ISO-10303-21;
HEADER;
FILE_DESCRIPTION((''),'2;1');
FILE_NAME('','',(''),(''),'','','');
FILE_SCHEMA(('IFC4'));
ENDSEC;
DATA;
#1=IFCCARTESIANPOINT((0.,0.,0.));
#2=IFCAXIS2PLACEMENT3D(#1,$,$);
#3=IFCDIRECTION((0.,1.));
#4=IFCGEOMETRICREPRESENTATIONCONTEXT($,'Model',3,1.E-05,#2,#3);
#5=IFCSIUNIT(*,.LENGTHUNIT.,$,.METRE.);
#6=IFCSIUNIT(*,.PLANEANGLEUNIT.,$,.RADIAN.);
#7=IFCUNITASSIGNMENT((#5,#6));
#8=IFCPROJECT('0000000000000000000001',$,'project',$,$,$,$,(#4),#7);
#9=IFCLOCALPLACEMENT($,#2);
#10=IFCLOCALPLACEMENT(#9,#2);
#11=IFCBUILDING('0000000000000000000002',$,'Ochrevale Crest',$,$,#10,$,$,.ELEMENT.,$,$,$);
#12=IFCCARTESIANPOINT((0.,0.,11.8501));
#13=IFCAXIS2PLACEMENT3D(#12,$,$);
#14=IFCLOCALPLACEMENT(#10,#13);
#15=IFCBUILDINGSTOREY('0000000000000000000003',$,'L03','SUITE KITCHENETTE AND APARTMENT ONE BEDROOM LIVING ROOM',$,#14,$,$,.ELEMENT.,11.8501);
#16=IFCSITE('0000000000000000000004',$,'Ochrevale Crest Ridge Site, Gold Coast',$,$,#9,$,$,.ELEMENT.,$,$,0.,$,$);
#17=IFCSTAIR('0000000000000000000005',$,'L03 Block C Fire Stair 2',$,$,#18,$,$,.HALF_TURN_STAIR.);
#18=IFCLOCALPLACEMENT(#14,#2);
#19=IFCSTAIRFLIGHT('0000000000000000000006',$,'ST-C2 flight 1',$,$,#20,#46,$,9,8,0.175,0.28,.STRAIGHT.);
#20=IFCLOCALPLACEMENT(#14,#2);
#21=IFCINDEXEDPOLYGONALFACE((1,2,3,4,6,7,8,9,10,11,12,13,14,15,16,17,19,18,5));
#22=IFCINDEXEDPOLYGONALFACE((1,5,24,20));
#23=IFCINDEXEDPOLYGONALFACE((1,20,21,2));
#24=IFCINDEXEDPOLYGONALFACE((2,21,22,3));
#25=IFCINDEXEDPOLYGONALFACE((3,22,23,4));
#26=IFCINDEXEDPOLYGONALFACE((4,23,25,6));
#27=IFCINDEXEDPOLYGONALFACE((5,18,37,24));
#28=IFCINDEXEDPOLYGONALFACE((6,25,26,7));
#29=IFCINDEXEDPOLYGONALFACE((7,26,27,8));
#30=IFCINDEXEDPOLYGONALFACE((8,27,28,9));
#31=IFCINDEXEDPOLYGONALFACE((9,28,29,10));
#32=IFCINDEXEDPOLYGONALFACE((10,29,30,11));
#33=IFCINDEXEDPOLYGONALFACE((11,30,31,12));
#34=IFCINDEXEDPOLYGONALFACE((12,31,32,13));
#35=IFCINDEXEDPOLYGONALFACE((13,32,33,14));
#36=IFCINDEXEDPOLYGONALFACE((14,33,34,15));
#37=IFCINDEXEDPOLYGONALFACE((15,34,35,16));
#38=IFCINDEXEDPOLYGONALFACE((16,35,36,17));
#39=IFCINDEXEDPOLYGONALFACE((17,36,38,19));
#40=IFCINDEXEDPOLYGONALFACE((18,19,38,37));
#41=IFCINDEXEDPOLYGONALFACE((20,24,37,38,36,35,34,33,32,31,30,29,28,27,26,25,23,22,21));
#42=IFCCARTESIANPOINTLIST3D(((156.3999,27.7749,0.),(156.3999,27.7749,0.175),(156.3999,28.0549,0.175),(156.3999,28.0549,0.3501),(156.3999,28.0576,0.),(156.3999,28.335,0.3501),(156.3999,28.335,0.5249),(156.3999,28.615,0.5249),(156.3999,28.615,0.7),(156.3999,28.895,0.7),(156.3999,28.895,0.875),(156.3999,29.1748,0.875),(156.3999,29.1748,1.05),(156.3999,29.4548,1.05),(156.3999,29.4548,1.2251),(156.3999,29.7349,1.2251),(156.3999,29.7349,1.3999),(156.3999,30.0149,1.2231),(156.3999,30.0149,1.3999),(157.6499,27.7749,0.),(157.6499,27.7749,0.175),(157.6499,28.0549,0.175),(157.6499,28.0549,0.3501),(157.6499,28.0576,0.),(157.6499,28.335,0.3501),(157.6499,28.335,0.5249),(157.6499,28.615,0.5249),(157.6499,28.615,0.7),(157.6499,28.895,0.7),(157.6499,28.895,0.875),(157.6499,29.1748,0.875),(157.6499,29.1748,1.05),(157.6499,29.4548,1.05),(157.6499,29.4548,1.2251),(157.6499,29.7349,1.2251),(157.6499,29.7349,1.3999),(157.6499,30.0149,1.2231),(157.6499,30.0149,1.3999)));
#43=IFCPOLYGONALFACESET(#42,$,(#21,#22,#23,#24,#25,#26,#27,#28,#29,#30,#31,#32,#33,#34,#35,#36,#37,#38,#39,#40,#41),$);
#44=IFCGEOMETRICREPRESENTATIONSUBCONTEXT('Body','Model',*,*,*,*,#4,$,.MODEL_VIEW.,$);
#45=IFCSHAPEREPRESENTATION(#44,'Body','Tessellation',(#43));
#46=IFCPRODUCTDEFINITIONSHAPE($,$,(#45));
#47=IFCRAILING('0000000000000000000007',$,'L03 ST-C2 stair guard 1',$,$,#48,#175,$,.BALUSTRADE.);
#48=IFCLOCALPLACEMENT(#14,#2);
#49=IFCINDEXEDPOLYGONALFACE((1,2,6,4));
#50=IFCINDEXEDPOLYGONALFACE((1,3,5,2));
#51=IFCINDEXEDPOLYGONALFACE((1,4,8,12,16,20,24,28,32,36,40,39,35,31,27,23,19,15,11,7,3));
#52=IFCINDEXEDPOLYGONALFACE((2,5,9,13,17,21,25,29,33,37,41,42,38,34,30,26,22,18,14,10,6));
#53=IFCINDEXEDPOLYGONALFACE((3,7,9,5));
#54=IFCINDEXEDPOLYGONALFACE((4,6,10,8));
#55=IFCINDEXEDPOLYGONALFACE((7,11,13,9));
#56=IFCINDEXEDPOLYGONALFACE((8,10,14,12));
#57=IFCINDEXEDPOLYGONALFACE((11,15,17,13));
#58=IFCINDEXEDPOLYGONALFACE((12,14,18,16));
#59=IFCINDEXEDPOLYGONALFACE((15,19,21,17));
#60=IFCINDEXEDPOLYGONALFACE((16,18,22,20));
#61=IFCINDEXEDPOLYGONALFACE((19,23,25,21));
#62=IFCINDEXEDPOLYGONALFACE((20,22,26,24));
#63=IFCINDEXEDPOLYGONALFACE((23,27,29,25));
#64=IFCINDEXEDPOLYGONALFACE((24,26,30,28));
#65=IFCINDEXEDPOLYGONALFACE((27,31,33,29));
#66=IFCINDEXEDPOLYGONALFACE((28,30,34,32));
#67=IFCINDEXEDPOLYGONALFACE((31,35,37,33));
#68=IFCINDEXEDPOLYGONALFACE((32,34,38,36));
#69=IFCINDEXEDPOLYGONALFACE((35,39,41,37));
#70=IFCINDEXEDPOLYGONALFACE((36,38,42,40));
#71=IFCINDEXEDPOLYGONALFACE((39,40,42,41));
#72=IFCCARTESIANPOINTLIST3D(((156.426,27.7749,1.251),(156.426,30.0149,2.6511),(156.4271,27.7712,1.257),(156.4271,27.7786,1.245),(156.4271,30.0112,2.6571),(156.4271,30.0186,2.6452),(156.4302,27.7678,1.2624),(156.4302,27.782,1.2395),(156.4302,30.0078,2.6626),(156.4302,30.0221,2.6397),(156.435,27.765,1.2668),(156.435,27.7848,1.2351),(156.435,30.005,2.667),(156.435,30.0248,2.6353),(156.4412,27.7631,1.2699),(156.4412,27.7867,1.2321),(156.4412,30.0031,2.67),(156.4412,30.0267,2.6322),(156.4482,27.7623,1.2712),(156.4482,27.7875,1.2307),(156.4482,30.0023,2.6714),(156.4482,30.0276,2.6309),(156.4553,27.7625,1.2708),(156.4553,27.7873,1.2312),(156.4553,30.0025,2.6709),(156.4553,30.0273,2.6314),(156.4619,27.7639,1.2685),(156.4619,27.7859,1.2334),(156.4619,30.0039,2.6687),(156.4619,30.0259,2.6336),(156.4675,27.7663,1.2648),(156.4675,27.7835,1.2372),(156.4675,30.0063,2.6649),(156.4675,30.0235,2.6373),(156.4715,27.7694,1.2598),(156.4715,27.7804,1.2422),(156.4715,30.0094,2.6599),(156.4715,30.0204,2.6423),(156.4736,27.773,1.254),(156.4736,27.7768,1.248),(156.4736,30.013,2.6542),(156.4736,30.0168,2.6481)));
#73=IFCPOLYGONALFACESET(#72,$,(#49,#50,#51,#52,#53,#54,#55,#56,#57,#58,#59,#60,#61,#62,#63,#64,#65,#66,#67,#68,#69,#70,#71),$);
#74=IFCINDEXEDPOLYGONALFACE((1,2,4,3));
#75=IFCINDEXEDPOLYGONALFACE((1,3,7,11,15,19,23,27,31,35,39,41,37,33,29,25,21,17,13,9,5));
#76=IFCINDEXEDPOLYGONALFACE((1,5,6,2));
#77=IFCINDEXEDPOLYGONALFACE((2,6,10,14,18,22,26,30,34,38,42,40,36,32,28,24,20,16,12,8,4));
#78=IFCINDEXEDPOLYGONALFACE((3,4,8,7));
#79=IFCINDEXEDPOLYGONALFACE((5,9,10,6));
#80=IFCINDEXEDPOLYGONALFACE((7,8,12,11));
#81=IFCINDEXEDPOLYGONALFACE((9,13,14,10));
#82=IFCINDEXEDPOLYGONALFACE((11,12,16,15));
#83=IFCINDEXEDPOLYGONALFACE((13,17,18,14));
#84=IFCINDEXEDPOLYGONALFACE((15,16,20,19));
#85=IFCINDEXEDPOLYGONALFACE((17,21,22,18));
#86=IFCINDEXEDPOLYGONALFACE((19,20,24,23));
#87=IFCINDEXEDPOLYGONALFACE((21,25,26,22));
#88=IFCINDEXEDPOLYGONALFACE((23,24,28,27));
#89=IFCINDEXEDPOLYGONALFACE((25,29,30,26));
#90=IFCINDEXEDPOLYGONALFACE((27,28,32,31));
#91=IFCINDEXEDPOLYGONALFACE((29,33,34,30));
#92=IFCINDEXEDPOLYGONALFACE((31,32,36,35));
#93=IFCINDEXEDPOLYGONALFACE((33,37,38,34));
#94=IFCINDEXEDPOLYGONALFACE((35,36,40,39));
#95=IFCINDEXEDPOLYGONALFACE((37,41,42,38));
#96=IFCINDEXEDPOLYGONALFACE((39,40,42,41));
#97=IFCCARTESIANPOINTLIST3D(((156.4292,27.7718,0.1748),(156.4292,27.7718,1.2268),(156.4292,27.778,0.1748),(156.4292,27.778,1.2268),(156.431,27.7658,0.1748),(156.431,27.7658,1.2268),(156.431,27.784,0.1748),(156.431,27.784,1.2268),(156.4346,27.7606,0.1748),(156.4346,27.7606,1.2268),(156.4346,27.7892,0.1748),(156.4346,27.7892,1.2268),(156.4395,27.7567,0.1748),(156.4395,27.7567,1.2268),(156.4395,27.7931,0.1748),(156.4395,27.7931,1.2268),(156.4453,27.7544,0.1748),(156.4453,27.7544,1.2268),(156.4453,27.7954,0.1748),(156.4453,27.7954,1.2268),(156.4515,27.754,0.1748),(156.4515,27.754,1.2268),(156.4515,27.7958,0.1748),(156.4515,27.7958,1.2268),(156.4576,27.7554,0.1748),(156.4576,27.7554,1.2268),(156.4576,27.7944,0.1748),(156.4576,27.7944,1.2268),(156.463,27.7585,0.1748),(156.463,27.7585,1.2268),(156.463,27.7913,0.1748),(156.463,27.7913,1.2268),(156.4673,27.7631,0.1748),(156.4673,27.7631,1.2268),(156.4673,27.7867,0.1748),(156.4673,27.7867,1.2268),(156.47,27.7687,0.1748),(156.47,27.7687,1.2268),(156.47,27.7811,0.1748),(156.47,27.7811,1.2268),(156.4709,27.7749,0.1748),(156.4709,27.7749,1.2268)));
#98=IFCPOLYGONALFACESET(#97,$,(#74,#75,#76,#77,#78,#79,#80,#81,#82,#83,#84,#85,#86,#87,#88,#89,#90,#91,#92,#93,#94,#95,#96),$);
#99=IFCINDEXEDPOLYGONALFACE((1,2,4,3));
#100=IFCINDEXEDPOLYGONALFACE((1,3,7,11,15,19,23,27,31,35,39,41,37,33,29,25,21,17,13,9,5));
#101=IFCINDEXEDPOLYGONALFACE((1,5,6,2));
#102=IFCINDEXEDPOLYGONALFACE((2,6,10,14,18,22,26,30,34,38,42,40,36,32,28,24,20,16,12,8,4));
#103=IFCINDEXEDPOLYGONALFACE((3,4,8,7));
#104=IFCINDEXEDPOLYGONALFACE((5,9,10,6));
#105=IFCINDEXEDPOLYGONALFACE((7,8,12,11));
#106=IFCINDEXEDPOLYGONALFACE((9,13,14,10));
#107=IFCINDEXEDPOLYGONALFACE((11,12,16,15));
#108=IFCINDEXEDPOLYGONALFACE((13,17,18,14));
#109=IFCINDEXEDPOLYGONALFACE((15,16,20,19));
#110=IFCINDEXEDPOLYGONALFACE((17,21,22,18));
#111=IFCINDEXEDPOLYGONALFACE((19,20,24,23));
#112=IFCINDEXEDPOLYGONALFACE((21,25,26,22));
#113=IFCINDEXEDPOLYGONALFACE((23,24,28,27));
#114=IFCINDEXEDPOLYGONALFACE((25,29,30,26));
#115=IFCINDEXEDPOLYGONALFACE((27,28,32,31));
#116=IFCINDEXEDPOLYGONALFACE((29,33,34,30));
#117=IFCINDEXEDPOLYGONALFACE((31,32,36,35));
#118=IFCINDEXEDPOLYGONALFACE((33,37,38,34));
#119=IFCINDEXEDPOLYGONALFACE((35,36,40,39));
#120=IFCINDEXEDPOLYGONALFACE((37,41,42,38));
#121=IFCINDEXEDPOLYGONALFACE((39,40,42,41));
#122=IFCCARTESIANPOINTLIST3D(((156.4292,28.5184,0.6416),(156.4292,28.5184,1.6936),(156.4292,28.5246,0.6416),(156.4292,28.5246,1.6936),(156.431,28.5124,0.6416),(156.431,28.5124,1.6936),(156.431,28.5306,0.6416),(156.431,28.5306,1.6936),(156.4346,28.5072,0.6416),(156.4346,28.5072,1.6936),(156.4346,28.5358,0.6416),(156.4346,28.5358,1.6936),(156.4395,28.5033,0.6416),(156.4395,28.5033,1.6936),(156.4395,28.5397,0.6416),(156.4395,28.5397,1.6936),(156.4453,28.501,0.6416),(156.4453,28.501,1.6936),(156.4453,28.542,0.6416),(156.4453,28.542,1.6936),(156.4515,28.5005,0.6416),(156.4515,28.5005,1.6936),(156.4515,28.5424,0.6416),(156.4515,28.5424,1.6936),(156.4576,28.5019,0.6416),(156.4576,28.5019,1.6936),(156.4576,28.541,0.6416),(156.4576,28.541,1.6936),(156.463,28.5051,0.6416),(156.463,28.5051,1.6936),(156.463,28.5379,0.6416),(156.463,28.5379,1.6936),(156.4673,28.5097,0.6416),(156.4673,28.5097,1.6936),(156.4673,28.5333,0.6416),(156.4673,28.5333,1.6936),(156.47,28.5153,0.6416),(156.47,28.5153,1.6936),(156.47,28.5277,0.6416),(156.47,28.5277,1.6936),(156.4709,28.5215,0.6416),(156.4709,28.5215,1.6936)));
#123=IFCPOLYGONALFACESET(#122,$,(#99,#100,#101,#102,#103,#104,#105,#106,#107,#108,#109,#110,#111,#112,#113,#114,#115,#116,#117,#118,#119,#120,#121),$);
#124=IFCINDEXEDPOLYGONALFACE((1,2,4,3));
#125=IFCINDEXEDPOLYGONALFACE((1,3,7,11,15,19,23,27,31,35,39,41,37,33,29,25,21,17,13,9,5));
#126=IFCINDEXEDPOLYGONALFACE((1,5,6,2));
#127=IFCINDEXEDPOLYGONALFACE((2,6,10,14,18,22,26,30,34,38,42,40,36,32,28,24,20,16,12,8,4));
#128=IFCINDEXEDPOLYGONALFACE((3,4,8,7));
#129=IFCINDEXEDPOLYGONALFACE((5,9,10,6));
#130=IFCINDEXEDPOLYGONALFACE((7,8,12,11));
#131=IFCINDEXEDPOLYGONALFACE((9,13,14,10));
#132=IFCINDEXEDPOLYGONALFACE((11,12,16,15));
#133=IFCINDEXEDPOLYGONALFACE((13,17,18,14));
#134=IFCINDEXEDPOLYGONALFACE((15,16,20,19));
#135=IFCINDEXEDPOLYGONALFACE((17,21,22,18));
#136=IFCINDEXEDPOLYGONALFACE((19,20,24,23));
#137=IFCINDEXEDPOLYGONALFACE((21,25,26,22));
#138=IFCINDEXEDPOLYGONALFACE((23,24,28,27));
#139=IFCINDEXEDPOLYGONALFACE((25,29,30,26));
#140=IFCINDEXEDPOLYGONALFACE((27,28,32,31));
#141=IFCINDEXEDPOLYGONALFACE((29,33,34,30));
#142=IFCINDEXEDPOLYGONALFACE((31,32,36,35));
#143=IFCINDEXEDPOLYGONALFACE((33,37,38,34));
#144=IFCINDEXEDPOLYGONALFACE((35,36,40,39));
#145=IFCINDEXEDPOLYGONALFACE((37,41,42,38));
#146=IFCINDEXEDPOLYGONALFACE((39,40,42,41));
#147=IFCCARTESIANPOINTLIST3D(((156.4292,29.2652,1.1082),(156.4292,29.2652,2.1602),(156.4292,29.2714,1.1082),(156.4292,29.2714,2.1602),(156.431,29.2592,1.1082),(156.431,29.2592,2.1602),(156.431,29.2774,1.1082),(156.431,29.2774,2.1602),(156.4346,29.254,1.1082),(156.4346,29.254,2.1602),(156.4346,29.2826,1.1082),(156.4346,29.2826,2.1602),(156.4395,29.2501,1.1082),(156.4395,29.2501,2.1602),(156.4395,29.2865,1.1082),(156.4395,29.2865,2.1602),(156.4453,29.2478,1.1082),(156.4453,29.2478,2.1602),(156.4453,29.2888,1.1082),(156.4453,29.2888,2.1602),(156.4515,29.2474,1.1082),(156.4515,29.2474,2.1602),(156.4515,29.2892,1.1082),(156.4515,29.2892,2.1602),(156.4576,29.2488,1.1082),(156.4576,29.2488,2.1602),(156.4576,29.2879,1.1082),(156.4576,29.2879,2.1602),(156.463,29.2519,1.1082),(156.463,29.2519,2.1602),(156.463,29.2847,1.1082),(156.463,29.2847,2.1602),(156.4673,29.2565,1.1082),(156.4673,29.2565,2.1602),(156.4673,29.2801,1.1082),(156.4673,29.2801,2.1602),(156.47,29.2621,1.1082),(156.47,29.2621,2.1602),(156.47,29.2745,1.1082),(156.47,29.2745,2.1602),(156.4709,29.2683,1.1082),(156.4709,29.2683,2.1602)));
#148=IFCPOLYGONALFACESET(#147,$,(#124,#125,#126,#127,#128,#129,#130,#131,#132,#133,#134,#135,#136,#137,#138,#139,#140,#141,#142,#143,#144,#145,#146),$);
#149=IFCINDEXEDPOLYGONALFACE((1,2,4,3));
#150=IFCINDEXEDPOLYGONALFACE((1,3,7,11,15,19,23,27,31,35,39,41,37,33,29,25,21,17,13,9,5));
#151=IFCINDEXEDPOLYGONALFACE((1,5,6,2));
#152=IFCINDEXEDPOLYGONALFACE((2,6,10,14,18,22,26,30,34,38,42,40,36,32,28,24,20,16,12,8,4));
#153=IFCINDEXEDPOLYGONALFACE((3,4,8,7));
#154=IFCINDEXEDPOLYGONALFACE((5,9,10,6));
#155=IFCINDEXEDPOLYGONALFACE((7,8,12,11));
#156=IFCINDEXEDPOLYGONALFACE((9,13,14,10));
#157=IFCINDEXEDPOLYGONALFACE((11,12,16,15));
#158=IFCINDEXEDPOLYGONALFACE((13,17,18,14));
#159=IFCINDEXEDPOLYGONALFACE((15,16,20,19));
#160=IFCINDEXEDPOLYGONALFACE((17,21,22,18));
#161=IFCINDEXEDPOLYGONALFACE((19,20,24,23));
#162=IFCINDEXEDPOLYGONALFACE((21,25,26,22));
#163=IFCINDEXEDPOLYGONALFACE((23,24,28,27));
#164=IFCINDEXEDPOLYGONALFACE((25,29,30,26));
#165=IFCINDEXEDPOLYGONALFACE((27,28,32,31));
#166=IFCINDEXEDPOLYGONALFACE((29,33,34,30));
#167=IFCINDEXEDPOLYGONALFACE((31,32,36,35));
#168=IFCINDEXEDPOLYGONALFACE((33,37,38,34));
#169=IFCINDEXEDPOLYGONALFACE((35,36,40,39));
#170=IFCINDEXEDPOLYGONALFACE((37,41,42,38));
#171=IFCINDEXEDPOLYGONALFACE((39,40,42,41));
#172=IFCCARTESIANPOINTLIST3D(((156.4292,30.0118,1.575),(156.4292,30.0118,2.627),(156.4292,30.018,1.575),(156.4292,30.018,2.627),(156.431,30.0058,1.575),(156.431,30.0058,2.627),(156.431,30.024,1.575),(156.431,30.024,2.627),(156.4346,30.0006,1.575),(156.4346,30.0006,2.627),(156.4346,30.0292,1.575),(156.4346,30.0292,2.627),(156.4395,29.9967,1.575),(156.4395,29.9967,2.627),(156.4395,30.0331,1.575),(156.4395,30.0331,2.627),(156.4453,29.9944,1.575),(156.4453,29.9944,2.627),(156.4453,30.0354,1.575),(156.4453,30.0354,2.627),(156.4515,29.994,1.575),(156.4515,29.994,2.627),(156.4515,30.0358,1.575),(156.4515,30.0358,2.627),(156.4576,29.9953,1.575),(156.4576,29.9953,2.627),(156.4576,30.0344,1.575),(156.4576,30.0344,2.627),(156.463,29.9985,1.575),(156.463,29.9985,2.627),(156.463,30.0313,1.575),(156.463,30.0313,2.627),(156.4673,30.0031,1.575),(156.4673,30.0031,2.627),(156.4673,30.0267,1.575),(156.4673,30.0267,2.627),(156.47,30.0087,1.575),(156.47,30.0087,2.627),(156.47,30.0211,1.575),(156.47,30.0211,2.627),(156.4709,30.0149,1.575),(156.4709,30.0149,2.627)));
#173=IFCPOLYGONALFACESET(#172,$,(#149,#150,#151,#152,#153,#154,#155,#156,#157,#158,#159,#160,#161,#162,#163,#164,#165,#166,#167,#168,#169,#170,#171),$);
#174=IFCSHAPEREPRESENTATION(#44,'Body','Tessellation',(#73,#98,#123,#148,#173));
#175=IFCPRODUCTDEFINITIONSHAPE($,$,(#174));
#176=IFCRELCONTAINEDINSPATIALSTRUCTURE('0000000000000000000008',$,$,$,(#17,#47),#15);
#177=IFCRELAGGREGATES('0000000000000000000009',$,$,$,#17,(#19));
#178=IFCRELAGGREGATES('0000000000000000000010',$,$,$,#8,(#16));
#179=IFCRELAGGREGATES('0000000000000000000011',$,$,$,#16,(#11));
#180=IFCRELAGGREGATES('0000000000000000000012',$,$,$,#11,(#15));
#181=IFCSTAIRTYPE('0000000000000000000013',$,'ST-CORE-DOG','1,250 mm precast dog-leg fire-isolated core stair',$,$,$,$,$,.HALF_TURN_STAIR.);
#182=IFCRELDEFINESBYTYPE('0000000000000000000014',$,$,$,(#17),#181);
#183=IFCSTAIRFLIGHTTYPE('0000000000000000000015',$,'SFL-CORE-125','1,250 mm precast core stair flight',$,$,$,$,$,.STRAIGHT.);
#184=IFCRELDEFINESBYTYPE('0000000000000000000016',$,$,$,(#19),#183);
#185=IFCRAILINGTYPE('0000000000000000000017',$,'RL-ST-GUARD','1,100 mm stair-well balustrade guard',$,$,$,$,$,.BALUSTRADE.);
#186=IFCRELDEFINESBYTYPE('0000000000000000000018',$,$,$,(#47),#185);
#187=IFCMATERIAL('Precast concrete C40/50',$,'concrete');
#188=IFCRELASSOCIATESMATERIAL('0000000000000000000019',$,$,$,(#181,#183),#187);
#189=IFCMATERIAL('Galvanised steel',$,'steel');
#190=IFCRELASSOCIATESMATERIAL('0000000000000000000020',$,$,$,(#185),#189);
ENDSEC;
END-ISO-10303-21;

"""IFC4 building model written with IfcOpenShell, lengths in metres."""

from ifc_helpers import new_model, si_unit, direction, frame, origin, origin_2d, place, context, subcontext, project, spatial, polyline, circle, outline, extrude, material, type_object, element, aggregate, save


model = new_model("IFC4")

# Units and contexts
model_context = context("Model", 3, precision=1e-05, world=origin(), true_north=direction((0.0, 1.0)))
body_context = subcontext(model_context, "Body", "Model", "MODEL_VIEW")
ifc_project = project(units=[si_unit("LENGTHUNIT", "METRE"), si_unit("PLANEANGLEUNIT", "RADIAN")], contexts=[model_context])

# Site, building, storey
site_placement = place(None, origin())
site = spatial("IfcSite", under=ifc_project, at=site_placement, Name="Ochrevale Crest Ridge Site, Gold Coast", CompositionType="ELEMENT", RefElevation=0.0)
building_placement = place(site_placement, origin())
building = spatial("IfcBuilding", under=site, at=building_placement, Name="Ochrevale Crest", CompositionType="ELEMENT")
storey_placement = place(building_placement, frame((0.0, 0.0, 11.8501)))
storey = spatial("IfcBuildingStorey", under=building, at=storey_placement, Name="L03", Description="SUITE KITCHENETTE AND APARTMENT ONE BEDROOM LIVING ROOM", CompositionType="ELEMENT", Elevation=11.8501)

# Stair, stair flight
ifc_material_1 = material(Name="Precast concrete C40/50", Category="concrete")
stair_type = type_object("IfcStairType", Name="ST-CORE-DOG", Description="1,250 mm precast dog-leg fire-isolated core stair", PredefinedType="HALF_TURN_STAIR", material=ifc_material_1)
stair_placement = place(storey_placement, origin())
stair = element("IfcStair", 1, at=stair_placement, inside=storey, type_object=stair_type, Name="L03 Block C Fire Stair 2", PredefinedType="HALF_TURN_STAIR")
stair_flight_type = type_object("IfcStairFlightType", Name="SFL-CORE-125", Description="1,250 mm precast core stair flight", PredefinedType="STRAIGHT", material=ifc_material_1)
stair_flight_placement = place(storey_placement, frame((157.0249, 27.7749, 0.0), z_axis=(0.0, 0.0, 1.0), x_axis=(0.0, 1.0, 0.0)))
stair_flight = element("IfcStairFlight", 2, at=stair_flight_placement, type_object=stair_flight_type, Name="ST-C2 flight 1", NumberOfRisers=9, NumberOfTreads=8, PredefinedType="STRAIGHT", RiserHeight=0.175, TreadLength=0.28, context=body_context, shape_type="SweptSolid", body=[
    extrude(outline(polyline([(0.0, 0.0), (0.0, 0.175), (0.28, 0.175), (0.28, 0.3501), (0.5601, 0.3501), (0.5601, 0.5249), (0.8401, 0.5249), (0.8401, 0.7), (1.1201, 0.7), (1.1201, 0.875), (1.3999, 0.875), (1.3999, 1.05), (1.6799, 1.05), (1.6799, 1.2251), (1.96, 1.2251), (1.96, 1.3999), (2.24, 1.3999), (2.24, 1.575), (2.24, 1.2231), (0.2827, 0.0), (0.0, 0.0)])), frame((0.0, 0.625, 0.0), z_axis=(0.0, -1.0, 0.0), x_axis=(1.0, 0.0, 0.0)), (0.0, 0.0, 1.0), 1.25),
])
aggregate(stair, [stair_flight])

# Railing
ifc_material_2 = material(Name="Galvanised steel", Category="steel")
railing_type_1 = type_object("IfcRailingType", Name="RL-ST-GUARD", Description="1,100 mm stair-well balustrade guard", PredefinedType="BALUSTRADE", material=ifc_material_2)
railing_1_placement = place(storey_placement, frame((156.45, 27.7749, 0.1748)))
element("IfcRailing", 3, at=railing_1_placement, inside=storey, type_object=railing_type_1, Name="L03 ST-C2 stair guard 1", PredefinedType="BALUSTRADE", context=body_context, shape_type="SweptSolid", body=[
    extrude(circle(Radius=0.0239, at=origin_2d()), frame((0.0, 0.0, 1.0762), z_axis=(0.0, 0.847972, 0.53004), x_axis=(-1.0, 0.0, 0.0)), (0.0, 0.0, 1.0), 2.6416),
    extrude(circle(Radius=0.021, at=origin_2d()), origin(), (0.0, 0.0, 1.0), 1.052),
    extrude(circle(Radius=0.021, at=origin_2d()), frame((0.0, 0.7466, 0.4668)), (0.0, 0.0, 1.0), 1.052),
    extrude(circle(Radius=0.021, at=origin_2d()), frame((0.0, 1.4934, 0.9333)), (0.0, 0.0, 1.0), 1.052),
    extrude(circle(Radius=0.021, at=origin_2d()), frame((0.0, 2.24, 1.4001)), (0.0, 0.0, 1.0), 1.052),
])

save(model, "model.ifc")
